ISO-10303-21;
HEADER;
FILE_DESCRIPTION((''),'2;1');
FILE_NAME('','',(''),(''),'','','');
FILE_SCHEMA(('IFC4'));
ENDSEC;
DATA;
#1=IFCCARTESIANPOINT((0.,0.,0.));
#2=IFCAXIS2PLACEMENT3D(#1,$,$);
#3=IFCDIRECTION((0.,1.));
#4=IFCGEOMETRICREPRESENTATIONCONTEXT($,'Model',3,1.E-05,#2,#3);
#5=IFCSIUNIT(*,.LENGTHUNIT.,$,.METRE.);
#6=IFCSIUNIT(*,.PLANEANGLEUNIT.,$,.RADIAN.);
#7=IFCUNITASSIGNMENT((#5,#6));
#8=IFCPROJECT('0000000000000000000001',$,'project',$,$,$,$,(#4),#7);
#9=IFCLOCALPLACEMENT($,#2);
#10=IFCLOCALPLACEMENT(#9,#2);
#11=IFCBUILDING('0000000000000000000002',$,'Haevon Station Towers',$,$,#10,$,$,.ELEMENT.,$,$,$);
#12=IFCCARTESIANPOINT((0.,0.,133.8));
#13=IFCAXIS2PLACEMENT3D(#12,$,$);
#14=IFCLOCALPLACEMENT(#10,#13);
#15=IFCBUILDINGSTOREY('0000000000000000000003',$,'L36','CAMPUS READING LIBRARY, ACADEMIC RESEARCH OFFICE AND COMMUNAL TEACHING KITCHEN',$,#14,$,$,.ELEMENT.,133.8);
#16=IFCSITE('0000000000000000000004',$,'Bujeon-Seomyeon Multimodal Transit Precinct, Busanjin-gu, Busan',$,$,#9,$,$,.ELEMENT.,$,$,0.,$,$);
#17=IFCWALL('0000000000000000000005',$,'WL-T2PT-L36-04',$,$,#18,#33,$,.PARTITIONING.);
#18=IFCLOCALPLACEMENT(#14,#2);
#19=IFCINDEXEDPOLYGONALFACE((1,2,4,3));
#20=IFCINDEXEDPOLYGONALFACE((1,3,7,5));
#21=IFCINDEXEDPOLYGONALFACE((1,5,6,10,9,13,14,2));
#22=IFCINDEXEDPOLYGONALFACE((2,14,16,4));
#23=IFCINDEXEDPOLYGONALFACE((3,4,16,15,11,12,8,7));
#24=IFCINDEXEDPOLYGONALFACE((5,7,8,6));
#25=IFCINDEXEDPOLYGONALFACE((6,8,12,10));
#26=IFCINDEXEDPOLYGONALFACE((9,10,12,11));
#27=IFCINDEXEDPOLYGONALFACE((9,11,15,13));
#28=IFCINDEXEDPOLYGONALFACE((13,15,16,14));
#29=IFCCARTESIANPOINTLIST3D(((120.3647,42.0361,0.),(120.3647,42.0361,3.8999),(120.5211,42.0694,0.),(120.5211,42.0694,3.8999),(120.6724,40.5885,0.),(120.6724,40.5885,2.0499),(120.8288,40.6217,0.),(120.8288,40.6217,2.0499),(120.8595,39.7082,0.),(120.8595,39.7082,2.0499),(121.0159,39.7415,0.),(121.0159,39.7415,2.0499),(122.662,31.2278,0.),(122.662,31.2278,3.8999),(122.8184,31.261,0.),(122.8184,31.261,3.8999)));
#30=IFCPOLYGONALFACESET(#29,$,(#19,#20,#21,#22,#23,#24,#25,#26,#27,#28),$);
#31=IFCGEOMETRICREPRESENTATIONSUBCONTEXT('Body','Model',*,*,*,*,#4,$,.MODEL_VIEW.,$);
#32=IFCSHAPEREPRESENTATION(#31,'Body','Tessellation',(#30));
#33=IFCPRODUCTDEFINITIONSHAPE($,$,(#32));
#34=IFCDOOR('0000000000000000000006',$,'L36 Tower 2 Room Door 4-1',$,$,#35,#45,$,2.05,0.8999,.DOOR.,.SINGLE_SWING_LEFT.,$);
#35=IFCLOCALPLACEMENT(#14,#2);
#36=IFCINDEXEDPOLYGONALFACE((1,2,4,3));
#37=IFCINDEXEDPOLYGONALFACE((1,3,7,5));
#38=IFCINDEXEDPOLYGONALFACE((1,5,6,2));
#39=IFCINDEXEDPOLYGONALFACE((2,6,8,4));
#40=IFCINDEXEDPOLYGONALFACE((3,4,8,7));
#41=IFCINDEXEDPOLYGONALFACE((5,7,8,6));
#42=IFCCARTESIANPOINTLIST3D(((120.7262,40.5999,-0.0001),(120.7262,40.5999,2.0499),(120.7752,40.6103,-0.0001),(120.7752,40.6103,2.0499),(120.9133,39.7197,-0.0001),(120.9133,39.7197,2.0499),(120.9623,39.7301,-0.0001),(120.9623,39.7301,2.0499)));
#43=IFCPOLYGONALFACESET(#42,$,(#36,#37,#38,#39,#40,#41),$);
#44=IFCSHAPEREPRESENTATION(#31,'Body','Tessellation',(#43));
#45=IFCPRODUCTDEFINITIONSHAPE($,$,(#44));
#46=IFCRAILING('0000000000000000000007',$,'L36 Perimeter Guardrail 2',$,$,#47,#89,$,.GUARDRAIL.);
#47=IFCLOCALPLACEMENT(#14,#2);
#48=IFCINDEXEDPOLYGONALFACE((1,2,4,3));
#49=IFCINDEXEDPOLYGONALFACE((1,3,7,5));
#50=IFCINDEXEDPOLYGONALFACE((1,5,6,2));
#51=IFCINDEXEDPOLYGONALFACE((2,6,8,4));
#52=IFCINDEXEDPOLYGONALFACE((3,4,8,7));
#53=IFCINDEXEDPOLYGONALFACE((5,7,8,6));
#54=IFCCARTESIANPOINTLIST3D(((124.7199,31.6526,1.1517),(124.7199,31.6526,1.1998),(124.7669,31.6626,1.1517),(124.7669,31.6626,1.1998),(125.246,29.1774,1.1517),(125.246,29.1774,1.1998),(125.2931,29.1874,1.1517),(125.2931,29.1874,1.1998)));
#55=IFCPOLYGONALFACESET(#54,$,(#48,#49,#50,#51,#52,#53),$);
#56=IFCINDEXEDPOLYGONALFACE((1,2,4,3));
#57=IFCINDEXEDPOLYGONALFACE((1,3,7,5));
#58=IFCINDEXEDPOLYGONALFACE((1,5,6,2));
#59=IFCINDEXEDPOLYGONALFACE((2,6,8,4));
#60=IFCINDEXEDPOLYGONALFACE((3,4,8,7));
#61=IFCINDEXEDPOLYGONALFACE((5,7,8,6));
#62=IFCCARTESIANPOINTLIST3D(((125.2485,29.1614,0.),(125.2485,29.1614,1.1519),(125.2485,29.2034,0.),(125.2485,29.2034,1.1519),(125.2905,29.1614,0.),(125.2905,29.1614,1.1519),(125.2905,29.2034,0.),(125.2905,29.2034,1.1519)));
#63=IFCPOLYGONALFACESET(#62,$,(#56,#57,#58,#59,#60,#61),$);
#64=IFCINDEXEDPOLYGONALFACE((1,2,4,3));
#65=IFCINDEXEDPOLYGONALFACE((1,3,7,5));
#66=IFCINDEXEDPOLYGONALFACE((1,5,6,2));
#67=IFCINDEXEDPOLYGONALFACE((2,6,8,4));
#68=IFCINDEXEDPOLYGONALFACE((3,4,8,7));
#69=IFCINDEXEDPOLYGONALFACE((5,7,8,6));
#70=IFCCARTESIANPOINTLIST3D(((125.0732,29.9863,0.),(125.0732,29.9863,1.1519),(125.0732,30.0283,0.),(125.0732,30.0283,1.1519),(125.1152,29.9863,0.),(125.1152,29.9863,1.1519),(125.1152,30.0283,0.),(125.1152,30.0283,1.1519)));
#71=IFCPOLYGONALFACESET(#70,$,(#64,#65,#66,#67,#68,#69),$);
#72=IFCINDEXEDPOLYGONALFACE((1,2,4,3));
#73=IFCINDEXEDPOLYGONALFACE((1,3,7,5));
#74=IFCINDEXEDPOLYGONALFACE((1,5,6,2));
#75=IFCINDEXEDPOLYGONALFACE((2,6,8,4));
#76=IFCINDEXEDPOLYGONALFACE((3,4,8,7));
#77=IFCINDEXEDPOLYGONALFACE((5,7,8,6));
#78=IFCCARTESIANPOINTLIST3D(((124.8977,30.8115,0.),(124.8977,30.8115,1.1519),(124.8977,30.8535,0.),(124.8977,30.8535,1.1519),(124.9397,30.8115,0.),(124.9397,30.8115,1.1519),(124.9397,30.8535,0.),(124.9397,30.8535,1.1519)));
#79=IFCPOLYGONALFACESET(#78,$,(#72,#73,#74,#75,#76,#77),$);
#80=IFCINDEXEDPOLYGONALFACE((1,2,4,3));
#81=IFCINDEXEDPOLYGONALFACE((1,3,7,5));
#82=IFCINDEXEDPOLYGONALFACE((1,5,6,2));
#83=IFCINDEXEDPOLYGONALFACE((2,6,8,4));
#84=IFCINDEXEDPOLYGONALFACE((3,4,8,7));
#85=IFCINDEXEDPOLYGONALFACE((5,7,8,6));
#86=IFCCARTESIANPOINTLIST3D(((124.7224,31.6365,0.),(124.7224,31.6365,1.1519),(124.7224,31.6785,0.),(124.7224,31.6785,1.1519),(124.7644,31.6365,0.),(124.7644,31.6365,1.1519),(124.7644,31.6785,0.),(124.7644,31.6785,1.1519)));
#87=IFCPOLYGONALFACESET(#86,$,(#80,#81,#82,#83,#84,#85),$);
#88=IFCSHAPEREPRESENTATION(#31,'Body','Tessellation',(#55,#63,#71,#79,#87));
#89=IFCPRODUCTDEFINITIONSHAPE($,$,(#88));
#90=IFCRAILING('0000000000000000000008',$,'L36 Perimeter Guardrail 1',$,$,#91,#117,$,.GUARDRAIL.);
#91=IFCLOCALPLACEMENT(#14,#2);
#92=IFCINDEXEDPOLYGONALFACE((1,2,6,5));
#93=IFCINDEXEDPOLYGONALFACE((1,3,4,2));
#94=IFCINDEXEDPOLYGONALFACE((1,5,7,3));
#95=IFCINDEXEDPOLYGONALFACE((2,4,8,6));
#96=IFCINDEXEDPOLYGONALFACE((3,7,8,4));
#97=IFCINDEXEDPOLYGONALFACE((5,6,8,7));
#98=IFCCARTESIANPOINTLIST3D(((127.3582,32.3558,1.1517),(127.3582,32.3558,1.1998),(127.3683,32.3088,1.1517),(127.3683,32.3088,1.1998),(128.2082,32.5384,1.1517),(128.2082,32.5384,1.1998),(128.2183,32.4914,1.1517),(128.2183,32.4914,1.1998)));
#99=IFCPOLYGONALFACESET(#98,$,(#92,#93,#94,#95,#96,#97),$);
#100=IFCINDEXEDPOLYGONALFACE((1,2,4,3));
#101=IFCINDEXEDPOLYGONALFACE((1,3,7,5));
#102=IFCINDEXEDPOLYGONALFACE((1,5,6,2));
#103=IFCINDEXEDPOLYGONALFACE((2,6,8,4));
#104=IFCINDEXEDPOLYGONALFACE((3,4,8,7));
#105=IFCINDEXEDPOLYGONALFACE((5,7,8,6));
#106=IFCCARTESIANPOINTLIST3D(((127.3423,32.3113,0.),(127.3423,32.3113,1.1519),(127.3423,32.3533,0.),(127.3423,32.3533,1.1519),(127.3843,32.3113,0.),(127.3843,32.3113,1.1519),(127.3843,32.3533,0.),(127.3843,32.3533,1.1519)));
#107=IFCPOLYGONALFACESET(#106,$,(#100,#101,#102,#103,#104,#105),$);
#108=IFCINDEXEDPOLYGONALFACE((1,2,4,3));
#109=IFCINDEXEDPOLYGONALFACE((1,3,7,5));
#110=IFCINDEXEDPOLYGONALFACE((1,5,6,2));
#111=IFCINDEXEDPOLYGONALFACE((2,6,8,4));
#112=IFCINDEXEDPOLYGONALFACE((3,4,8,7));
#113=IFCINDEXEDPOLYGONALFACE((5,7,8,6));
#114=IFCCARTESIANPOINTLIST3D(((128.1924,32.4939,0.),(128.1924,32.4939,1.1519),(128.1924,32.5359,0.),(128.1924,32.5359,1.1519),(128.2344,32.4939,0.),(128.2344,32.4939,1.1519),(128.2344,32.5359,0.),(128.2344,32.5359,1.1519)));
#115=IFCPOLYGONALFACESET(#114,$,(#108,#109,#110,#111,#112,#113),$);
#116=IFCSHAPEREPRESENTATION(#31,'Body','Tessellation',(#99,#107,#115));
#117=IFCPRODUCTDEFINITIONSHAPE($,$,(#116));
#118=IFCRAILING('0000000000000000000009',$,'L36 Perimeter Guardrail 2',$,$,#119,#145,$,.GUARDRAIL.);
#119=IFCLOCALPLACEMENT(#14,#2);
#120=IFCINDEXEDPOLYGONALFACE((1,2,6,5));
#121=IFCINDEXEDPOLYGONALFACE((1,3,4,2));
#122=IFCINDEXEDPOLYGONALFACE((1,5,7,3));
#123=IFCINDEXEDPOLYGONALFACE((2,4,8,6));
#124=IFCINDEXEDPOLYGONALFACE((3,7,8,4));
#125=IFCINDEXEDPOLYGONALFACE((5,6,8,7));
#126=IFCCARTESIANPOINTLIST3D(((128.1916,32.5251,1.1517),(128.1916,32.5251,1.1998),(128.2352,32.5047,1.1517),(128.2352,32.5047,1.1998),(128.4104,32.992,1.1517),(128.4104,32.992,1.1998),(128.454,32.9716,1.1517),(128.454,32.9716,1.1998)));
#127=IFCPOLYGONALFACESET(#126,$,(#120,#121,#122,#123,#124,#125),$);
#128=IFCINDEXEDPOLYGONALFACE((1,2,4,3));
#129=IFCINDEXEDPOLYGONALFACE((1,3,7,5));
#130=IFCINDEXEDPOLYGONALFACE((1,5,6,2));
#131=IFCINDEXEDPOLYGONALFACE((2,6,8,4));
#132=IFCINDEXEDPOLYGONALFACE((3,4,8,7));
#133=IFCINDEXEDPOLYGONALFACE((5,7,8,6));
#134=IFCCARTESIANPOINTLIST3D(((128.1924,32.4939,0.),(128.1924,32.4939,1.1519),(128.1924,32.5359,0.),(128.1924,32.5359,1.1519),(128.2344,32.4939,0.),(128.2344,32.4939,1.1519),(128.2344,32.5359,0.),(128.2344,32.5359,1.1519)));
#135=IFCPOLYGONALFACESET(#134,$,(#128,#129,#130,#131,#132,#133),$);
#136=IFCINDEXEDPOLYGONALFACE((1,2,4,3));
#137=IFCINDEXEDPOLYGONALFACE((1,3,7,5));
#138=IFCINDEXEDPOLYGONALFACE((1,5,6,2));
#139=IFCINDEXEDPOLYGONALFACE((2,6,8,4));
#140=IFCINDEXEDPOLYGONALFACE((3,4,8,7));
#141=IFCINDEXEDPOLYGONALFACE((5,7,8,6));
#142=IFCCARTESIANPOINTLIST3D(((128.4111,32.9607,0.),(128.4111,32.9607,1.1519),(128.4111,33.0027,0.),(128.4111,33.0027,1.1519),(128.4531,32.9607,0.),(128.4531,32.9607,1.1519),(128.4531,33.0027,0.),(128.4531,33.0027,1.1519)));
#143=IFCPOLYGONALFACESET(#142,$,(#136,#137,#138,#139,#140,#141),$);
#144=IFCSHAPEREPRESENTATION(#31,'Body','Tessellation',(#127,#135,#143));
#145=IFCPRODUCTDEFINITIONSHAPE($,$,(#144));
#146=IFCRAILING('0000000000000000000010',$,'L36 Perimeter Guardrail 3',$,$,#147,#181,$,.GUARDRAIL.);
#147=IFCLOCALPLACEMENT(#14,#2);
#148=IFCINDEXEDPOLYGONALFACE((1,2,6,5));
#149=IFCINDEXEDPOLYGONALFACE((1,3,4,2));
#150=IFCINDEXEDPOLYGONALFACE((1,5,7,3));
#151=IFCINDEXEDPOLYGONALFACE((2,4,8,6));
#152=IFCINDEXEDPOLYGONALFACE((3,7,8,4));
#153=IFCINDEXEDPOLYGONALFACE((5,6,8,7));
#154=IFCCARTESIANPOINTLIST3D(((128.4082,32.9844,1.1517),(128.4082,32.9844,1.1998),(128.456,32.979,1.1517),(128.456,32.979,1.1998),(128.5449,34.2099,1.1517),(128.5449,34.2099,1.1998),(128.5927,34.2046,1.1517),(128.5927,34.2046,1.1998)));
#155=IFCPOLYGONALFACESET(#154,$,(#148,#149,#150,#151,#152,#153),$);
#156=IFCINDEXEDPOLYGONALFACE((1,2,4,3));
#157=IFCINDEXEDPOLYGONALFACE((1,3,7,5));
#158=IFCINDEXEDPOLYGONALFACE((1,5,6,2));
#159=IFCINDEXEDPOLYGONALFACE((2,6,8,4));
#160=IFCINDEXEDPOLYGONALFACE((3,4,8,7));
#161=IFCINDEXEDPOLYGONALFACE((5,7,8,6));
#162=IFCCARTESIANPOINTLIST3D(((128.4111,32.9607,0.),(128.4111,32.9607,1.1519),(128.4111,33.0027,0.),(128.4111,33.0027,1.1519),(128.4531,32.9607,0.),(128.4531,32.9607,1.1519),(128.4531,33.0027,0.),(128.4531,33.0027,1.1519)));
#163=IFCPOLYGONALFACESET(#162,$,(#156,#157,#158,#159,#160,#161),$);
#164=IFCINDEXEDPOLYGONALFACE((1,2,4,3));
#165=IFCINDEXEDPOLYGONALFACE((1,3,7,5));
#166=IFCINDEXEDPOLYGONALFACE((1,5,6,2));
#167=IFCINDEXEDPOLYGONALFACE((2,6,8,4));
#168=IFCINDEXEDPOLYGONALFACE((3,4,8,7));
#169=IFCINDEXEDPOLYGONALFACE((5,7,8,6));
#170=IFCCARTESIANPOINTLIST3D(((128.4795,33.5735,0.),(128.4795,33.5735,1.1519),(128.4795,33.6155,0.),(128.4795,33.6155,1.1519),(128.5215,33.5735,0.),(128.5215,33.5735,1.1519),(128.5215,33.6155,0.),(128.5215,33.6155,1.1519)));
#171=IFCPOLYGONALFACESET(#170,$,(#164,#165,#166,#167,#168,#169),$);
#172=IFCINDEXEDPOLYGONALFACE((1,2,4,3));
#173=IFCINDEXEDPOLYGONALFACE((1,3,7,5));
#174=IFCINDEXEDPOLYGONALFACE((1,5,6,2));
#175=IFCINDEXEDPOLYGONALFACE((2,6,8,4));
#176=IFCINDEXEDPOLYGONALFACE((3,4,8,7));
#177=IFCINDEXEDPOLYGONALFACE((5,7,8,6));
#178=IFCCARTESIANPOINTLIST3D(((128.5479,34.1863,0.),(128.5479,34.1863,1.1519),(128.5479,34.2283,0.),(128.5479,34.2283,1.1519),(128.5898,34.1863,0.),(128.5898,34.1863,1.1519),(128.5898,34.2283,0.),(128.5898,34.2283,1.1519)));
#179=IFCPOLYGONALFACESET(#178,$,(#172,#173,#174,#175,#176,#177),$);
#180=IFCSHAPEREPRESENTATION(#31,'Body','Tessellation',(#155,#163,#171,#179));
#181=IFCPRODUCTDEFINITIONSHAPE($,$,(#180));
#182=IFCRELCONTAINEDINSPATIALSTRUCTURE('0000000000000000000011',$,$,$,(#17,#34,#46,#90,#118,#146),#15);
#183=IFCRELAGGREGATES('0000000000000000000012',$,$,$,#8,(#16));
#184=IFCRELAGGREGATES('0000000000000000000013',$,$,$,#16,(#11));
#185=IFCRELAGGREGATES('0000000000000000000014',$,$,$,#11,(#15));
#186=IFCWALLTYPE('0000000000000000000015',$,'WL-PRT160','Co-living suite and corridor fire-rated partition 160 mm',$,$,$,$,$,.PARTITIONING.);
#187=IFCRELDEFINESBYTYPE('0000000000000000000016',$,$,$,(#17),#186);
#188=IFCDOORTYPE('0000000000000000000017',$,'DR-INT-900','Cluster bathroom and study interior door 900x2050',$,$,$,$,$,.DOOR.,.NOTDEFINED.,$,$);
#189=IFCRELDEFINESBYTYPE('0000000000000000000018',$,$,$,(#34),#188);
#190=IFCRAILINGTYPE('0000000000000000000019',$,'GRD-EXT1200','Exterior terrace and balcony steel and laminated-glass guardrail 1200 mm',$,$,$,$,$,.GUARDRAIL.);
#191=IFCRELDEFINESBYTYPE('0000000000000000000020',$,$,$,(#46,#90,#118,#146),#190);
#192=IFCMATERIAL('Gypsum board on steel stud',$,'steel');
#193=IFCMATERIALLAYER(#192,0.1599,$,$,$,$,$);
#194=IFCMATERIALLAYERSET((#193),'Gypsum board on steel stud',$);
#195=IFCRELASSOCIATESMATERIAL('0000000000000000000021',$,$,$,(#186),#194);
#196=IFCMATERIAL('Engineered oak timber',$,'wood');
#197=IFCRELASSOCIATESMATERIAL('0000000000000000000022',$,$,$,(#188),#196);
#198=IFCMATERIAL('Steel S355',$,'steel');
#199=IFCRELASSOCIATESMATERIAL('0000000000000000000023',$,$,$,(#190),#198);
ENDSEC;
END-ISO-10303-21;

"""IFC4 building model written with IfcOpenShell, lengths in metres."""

from ifc_helpers import new_model, si_unit, direction, frame, frame_2d, origin, origin_2d, place, context, subcontext, project, spatial, rectangle, extrude, material, layer, layer_set, type_object, element, fill, save


model = new_model("IFC4")

# Units and contexts
model_context = context("Model", 3, precision=1e-05, world=origin(), true_north=direction((0.0, 1.0)))
body_context = subcontext(model_context, "Body", "Model", "MODEL_VIEW")
ifc_project = project(units=[si_unit("LENGTHUNIT", "METRE"), si_unit("PLANEANGLEUNIT", "RADIAN")], contexts=[model_context])

# Site, building, storey
site_placement = place(None, origin())
site = spatial("IfcSite", under=ifc_project, at=site_placement, Name="Bujeon-Seomyeon Multimodal Transit Precinct, Busanjin-gu, Busan", CompositionType="ELEMENT", RefElevation=0.0)
building_placement = place(site_placement, origin())
building = spatial("IfcBuilding", under=site, at=building_placement, Name="Haevon Station Towers", CompositionType="ELEMENT")
storey_placement = place(building_placement, frame((0.0, 0.0, 133.8)))
storey = spatial("IfcBuildingStorey", under=building, at=storey_placement, Name="L36", Description="CAMPUS READING LIBRARY, ACADEMIC RESEARCH OFFICE AND COMMUNAL TEACHING KITCHEN", CompositionType="ELEMENT", Elevation=133.8)

# Shared definitions
ifc_material_1 = material(Name="Steel S355", Category="steel")

# Shared definitions
ifc_material_2 = material(Name="Gypsum board on steel stud", Category="steel")

# Wall, opening, door
ifc_layer_1 = layer(ifc_material_2, 0.1599)
ifc_layer_set_1 = layer_set([ifc_layer_1], Name="Gypsum board on steel stud")
wall_type_1 = type_object("IfcWallType", Name="WL-PRT160", Description="Co-living suite and corridor fire-rated partition 160 mm", PredefinedType="PARTITIONING", material=ifc_layer_set_1)
wall_1_placement = place(storey_placement, frame((122.7402, 31.2444, 0.0), z_axis=(0.0, 0.0, 1.0), x_axis=(-0.20791, 0.978148, 0.0)))
wall_1 = element("IfcWall", 1, at=wall_1_placement, inside=storey, type_object=wall_type_1, Name="WL-T2PT-L36-04", PredefinedType="PARTITIONING", context=body_context, shape_type="SweptSolid", body=[
    extrude(rectangle(XDim=11.0498, YDim=0.1599, at=frame_2d((5.5249, 0.0))), origin(), (0.0, 0.0, 1.0), 3.8999),
])
opening_1_placement = place(wall_1_placement, frame((8.6699, 0.0, 0.0)))
opening_1 = element("IfcOpeningElement", 2, at=opening_1_placement, cuts=wall_1, PredefinedType="OPENING", context=body_context, shape_type="SweptSolid", body=[
    extrude(rectangle(XDim=0.8999, YDim=2.05, at=frame_2d((0.45, 1.0249))), frame((0.0, 0.0898, 0.0), z_axis=(0.0, -1.0, 0.0), x_axis=(1.0, 0.0, 0.0)), (0.0, 0.0, 1.0), 0.1799),
])
ifc_material_3 = material(Name="Engineered oak timber", Category="wood")
door_type_1 = type_object("IfcDoorType", Name="DR-INT-900", Description="Cluster bathroom and study interior door 900x2050", OperationType="NOTDEFINED", PredefinedType="DOOR", material=ifc_material_3)
door_1_placement = place(opening_1_placement, origin())
door_1 = element("IfcDoor", 3, at=door_1_placement, inside=storey, type_object=door_type_1, Name="L36 Tower 2 Room Door 4-1", OperationType="SINGLE_SWING_LEFT", OverallHeight=2.05, OverallWidth=0.8999, PredefinedType="DOOR", context=body_context, shape_type="SweptSolid", body=[
    extrude(rectangle(XDim=0.8999, YDim=2.05, at=frame_2d((0.45, 1.0249))), frame((0.0, 0.0249, 0.0), z_axis=(0.0, -1.0, 0.0), x_axis=(1.0, 0.0, 0.0)), (0.0, 0.0, 1.0), 0.05),
])
fill(opening_1, door_1)

# Railings
railing_type = type_object("IfcRailingType", Name="GRD-EXT1200", Description="Exterior terrace and balcony steel and laminated-glass guardrail 1200 mm", PredefinedType="GUARDRAIL", material=ifc_material_1)
railing_1_placement = place(storey_placement, frame((125.2695, 29.1824, 0.0)))
element("IfcRailing", 4, at=railing_1_placement, inside=storey, type_object=railing_type, Name="L36 Perimeter Guardrail 2", PredefinedType="GUARDRAIL", context=body_context, shape_type="SweptSolid", body=[
    extrude(rectangle(XDim=0.0481, YDim=0.0481, at=origin_2d()), frame((0.0, 0.0, 1.1758), z_axis=(-0.207921, 0.978146, 0.0), x_axis=(-0.978146, -0.207921, 0.0)), (0.0, 0.0, 1.0), 2.5305),
    extrude(rectangle(XDim=0.042, YDim=0.042, at=origin_2d()), origin(), (0.0, 0.0, 1.0), 1.1519),
    extrude(rectangle(XDim=0.042, YDim=0.042, at=origin_2d()), frame((-0.1753, 0.825, 0.0)), (0.0, 0.0, 1.0), 1.1519),
    extrude(rectangle(XDim=0.042, YDim=0.042, at=origin_2d()), frame((-0.3508, 1.6501, 0.0)), (0.0, 0.0, 1.0), 1.1519),
    extrude(rectangle(XDim=0.042, YDim=0.042, at=origin_2d()), frame((-0.5261, 2.4751, 0.0)), (0.0, 0.0, 1.0), 1.1519),
])
railing_2_placement = place(storey_placement, frame((127.3633, 32.3323, 0.0)))
element("IfcRailing", 5, at=railing_2_placement, inside=storey, type_object=railing_type, Name="L36 Perimeter Guardrail 1", PredefinedType="GUARDRAIL", context=body_context, shape_type="SweptSolid", body=[
    extrude(rectangle(XDim=0.0481, YDim=0.0481, at=origin_2d()), frame((0.0, 0.0, 1.1758), z_axis=(0.977695, 0.210028, 0.0), x_axis=(-0.210028, 0.977695, 0.0)), (0.0, 0.0, 1.0), 0.8694),
    extrude(rectangle(XDim=0.042, YDim=0.042, at=origin_2d()), origin(), (0.0, 0.0, 1.0), 1.1519),
    extrude(rectangle(XDim=0.042, YDim=0.042, at=origin_2d()), frame((0.8501, 0.1826, 0.0)), (0.0, 0.0, 1.0), 1.1519),
])
railing_3_placement = place(storey_placement, frame((128.2134, 32.5149, 0.0)))
element("IfcRailing", 6, at=railing_3_placement, inside=storey, type_object=railing_type, Name="L36 Perimeter Guardrail 2", PredefinedType="GUARDRAIL", context=body_context, shape_type="SweptSolid", body=[
    extrude(rectangle(XDim=0.0481, YDim=0.0481, at=origin_2d()), frame((0.0, 0.0, 1.1758), z_axis=(0.424337, 0.905504, 0.0), x_axis=(-0.905504, 0.424337, 0.0)), (0.0, 0.0, 1.0), 0.5156),
    extrude(rectangle(XDim=0.042, YDim=0.042, at=origin_2d()), origin(), (0.0, 0.0, 1.0), 1.1519),
    extrude(rectangle(XDim=0.042, YDim=0.042, at=origin_2d()), frame((0.2188, 0.4668, 0.0)), (0.0, 0.0, 1.0), 1.1519),
])
railing_4_placement = place(storey_placement, frame((128.4321, 32.9817, 0.0)))
element("IfcRailing", 7, at=railing_4_placement, inside=storey, type_object=railing_type, Name="L36 Perimeter Guardrail 3", PredefinedType="GUARDRAIL", context=body_context, shape_type="SweptSolid", body=[
    extrude(rectangle(XDim=0.0481, YDim=0.0481, at=origin_2d()), frame((0.0, 0.0, 1.1758), z_axis=(0.110866, 0.993835, 0.0), x_axis=(-0.993835, 0.110866, 0.0)), (0.0, 0.0, 1.0), 1.2332),
    extrude(rectangle(XDim=0.042, YDim=0.042, at=origin_2d()), origin(), (0.0, 0.0, 1.0), 1.1519),
    extrude(rectangle(XDim=0.042, YDim=0.042, at=origin_2d()), frame((0.0684, 0.6128, 0.0)), (0.0, 0.0, 1.0), 1.1519),
    extrude(rectangle(XDim=0.042, YDim=0.042, at=origin_2d()), frame((0.1367, 1.2256, 0.0)), (0.0, 0.0, 1.0), 1.1519),
])

save(model, "model.ifc")
